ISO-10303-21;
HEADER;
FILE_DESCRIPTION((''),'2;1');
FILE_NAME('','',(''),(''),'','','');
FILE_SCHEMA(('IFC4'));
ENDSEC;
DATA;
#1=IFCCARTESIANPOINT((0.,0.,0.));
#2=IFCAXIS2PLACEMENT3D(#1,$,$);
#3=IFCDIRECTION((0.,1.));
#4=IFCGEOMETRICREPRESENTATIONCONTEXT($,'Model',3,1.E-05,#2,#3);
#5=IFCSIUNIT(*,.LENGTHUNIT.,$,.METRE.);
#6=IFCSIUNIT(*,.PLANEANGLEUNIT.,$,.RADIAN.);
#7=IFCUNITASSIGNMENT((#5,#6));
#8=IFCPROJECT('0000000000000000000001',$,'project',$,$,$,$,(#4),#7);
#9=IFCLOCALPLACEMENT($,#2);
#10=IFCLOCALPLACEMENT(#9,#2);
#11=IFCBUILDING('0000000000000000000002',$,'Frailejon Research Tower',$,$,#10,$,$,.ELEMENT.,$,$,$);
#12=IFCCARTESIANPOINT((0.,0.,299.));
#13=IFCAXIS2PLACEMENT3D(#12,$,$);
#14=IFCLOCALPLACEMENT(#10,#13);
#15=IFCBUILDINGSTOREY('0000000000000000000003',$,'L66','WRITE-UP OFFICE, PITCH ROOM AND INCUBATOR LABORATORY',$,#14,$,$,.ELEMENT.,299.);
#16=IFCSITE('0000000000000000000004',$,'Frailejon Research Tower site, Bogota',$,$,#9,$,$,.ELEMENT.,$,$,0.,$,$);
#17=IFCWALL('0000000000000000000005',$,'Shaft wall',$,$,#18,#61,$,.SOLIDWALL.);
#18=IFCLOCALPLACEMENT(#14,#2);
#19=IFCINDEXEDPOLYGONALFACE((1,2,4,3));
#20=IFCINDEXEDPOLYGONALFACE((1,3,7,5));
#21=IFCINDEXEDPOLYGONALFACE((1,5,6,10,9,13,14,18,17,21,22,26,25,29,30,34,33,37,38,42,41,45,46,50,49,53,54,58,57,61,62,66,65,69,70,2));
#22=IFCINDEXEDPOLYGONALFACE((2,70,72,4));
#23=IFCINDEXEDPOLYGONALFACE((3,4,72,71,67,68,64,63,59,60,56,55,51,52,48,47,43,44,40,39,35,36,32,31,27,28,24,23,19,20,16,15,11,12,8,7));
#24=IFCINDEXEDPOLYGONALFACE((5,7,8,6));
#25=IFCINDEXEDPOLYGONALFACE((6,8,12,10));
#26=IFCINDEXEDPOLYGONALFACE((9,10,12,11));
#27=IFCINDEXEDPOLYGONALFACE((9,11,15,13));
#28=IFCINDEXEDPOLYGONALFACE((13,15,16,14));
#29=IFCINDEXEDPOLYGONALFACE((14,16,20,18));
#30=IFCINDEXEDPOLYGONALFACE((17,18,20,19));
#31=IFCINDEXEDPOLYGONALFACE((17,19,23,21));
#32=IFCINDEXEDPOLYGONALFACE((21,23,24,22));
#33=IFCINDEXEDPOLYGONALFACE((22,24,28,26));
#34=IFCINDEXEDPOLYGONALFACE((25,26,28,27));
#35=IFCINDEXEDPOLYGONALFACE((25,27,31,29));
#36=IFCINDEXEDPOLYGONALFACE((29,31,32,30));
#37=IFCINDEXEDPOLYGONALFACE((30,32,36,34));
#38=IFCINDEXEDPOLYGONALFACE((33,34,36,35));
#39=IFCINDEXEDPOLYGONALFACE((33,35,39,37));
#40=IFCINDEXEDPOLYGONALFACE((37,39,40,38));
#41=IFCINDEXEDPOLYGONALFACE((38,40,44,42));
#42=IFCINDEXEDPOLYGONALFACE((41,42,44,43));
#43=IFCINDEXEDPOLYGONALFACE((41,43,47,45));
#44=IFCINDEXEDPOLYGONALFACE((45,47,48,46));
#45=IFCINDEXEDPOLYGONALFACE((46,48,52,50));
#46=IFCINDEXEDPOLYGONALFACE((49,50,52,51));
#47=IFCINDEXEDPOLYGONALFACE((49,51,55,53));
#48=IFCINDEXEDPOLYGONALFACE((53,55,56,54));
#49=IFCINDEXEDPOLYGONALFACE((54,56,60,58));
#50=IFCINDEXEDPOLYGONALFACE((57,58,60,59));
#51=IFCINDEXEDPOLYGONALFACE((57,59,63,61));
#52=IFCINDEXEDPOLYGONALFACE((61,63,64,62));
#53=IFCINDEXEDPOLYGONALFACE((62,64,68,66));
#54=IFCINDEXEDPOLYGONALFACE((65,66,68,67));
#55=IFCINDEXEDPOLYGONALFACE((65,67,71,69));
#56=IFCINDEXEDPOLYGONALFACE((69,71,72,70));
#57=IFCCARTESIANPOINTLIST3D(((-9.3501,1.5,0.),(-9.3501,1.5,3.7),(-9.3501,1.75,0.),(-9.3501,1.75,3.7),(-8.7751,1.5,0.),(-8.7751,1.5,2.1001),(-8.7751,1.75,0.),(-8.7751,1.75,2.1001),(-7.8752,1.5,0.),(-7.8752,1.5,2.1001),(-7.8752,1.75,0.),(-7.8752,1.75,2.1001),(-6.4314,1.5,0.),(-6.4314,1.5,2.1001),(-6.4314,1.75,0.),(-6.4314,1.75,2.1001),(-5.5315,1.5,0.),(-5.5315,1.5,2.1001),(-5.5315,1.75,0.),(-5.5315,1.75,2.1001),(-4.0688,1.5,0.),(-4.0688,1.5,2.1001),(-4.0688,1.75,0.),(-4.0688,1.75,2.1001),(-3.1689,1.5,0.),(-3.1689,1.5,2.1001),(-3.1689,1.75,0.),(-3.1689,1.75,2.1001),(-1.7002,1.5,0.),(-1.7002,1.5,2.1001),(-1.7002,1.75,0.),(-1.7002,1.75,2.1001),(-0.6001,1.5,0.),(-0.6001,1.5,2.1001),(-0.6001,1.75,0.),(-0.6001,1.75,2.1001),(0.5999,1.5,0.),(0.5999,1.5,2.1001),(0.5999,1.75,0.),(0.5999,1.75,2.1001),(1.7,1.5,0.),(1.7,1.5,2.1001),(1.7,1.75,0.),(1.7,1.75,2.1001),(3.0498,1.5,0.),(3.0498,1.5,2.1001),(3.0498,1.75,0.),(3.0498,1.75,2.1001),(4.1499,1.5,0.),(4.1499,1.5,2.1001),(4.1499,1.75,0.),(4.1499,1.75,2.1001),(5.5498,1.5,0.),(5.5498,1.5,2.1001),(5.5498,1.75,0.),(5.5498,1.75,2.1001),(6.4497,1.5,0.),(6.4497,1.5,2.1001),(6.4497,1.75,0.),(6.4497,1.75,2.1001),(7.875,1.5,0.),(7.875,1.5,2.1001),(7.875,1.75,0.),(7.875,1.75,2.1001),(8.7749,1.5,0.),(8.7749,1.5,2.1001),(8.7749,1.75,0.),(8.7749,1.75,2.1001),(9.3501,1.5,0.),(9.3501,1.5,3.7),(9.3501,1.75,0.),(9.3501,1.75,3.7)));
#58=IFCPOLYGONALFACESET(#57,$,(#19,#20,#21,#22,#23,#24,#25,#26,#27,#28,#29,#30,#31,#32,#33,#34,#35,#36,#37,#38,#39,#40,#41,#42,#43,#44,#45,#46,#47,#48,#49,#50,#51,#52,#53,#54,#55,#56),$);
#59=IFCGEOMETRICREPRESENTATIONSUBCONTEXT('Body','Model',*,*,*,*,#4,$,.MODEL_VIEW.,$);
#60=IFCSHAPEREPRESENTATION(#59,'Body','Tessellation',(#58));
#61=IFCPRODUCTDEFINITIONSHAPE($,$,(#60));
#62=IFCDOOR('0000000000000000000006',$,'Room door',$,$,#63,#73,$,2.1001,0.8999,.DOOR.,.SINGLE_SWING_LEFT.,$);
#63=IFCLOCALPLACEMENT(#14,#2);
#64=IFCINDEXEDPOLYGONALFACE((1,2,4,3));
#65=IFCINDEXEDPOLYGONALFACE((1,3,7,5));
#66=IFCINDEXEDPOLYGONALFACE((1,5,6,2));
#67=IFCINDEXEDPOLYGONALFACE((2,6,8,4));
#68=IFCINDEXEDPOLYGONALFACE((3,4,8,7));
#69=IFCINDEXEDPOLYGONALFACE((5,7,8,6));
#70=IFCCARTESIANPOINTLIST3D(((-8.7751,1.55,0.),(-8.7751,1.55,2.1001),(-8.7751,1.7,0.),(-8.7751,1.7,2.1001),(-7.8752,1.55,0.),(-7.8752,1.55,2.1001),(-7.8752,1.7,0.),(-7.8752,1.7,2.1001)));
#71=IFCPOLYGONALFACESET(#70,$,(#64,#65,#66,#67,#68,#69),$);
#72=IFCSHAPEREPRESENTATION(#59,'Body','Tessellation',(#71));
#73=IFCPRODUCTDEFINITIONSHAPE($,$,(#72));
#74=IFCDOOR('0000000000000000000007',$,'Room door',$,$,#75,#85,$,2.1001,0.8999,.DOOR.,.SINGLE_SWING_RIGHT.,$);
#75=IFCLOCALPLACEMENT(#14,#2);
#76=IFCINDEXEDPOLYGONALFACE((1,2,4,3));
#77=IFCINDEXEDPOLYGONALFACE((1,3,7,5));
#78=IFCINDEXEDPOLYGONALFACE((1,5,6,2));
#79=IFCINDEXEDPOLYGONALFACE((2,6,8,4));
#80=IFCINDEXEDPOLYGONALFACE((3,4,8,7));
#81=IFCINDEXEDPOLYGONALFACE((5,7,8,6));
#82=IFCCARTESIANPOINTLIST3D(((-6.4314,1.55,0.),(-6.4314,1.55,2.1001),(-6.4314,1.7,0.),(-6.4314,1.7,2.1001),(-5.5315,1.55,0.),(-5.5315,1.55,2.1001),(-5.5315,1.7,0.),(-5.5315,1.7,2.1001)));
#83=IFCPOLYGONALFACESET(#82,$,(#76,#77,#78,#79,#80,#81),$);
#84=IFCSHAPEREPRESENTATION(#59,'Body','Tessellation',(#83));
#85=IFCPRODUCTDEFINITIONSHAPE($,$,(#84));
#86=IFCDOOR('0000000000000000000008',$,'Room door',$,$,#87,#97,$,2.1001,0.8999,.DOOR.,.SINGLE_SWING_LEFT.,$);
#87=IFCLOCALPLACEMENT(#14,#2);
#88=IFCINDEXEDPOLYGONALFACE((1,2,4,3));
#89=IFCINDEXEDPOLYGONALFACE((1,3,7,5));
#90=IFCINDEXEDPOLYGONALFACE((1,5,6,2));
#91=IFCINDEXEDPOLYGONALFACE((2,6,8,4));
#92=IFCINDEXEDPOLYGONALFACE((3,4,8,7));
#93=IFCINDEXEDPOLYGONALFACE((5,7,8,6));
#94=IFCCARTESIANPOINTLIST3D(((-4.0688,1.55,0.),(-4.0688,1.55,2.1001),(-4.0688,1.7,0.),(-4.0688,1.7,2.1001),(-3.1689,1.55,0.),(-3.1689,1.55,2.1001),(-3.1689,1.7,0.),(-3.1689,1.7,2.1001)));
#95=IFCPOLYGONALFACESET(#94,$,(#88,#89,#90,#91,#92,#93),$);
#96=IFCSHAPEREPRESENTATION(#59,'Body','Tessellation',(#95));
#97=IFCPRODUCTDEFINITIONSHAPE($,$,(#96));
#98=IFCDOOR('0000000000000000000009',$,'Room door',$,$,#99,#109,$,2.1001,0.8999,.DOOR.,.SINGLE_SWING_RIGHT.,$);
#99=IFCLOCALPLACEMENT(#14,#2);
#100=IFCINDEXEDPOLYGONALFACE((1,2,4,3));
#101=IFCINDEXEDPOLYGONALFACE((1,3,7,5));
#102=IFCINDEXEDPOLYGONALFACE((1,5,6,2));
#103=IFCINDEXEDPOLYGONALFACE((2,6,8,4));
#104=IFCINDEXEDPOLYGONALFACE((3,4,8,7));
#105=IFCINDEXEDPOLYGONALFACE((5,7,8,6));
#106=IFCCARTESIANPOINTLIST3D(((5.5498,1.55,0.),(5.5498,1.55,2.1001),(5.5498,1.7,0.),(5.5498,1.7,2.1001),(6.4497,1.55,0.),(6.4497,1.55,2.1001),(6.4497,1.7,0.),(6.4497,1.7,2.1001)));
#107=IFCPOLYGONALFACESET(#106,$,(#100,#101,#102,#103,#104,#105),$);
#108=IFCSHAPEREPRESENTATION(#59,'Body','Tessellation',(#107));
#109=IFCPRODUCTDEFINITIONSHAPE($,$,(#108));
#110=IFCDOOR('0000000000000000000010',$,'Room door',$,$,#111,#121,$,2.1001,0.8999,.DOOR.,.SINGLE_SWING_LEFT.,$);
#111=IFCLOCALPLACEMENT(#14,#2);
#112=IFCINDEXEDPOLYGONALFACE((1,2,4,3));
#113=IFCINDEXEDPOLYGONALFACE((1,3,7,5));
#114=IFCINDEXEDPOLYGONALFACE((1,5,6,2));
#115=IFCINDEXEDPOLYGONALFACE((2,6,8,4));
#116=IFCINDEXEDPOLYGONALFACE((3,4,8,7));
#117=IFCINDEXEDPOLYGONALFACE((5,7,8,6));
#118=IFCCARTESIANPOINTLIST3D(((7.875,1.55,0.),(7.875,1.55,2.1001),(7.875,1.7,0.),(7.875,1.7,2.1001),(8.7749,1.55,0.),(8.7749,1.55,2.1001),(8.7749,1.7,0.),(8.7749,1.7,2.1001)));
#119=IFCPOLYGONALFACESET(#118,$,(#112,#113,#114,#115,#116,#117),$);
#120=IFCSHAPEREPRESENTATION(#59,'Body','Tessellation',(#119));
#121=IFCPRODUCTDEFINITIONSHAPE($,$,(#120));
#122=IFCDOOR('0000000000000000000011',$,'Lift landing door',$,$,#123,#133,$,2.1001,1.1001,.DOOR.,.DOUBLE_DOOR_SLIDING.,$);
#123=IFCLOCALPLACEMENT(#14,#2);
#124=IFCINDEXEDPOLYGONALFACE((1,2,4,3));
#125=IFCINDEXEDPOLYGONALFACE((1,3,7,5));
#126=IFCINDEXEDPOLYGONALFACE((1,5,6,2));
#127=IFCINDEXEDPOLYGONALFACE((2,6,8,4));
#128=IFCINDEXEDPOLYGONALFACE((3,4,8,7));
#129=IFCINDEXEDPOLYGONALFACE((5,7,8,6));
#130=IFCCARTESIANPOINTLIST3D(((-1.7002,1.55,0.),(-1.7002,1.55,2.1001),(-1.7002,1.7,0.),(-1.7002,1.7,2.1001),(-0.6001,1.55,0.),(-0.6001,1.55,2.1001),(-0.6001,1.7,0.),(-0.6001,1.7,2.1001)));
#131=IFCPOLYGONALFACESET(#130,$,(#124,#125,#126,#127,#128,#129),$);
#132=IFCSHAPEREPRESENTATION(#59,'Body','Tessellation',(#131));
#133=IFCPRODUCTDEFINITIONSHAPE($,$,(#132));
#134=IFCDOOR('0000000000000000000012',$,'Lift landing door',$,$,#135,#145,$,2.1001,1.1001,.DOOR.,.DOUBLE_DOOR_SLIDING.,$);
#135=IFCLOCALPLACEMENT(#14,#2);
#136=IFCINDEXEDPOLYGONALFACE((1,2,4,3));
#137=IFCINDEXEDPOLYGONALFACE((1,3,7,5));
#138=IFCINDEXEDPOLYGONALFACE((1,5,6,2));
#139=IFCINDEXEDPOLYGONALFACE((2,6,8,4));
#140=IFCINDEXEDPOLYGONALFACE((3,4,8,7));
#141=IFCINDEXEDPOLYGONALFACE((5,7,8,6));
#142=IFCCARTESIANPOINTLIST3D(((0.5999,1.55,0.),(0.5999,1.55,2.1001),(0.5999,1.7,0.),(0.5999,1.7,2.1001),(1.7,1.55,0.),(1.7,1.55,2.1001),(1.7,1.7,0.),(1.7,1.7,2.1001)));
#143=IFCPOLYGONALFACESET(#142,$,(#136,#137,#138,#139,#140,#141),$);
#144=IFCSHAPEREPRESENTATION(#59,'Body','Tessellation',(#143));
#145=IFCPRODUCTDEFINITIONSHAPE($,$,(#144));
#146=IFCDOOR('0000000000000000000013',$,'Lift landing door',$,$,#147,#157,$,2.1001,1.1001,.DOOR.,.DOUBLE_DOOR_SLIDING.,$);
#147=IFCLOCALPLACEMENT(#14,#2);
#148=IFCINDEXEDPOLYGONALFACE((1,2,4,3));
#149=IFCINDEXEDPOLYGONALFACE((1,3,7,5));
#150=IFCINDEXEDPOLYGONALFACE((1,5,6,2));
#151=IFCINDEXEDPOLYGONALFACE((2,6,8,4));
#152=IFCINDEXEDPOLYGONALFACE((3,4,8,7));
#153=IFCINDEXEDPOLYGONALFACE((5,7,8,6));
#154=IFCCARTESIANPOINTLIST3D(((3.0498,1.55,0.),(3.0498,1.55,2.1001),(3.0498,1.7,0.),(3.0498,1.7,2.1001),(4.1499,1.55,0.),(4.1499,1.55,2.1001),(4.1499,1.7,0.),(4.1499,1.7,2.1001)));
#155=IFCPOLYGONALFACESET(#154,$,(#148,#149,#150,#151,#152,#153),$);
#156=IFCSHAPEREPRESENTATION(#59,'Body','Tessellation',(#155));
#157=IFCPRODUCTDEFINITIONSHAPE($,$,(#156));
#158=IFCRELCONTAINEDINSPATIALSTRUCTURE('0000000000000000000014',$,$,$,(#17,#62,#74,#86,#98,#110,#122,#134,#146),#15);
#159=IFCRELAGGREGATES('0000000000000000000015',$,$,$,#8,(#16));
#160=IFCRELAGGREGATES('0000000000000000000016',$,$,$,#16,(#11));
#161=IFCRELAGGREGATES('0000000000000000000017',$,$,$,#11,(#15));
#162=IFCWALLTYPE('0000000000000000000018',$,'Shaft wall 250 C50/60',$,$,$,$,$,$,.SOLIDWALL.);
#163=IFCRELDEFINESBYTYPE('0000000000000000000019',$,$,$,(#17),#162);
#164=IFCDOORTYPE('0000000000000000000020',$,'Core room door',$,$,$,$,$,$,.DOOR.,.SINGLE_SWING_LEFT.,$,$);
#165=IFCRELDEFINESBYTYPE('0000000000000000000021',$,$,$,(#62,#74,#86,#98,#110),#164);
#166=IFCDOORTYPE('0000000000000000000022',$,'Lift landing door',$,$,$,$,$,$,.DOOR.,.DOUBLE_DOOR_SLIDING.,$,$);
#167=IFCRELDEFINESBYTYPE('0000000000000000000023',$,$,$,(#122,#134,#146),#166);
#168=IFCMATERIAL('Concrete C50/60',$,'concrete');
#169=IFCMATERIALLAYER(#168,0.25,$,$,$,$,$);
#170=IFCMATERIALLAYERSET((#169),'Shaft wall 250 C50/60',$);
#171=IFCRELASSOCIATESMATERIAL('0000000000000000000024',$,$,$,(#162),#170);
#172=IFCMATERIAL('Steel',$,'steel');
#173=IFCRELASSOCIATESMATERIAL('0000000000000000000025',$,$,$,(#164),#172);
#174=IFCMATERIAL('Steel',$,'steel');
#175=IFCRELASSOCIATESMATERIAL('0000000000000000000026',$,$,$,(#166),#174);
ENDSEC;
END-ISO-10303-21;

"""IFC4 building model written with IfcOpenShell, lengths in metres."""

from ifc_helpers import new_model, si_unit, direction, frame, frame_2d, origin, place, context, subcontext, project, spatial, rectangle, extrude, material, layer, layer_set, type_object, element, fill, save


model = new_model("IFC4")

# Units and contexts
model_context = context("Model", 3, precision=1e-05, world=origin(), true_north=direction((0.0, 1.0)))
body_context = subcontext(model_context, "Body", "Model", "MODEL_VIEW")
ifc_project = project(units=[si_unit("LENGTHUNIT", "METRE"), si_unit("PLANEANGLEUNIT", "RADIAN")], contexts=[model_context])

# Site, building, storey
site_placement = place(None, origin())
site = spatial("IfcSite", under=ifc_project, at=site_placement, Name="Frailejon Research Tower site, Bogota", CompositionType="ELEMENT", RefElevation=0.0)
building_placement = place(site_placement, origin())
building = spatial("IfcBuilding", under=site, at=building_placement, Name="Frailejon Research Tower", CompositionType="ELEMENT")
storey_placement = place(building_placement, frame((0.0, 0.0, 299.0)))
storey = spatial("IfcBuildingStorey", under=building, at=storey_placement, Name="L66", Description="WRITE-UP OFFICE, PITCH ROOM AND INCUBATOR LABORATORY", CompositionType="ELEMENT", Elevation=299.0)

# Wall, openings, doors
ifc_material_1 = material(Name="Concrete C50/60", Category="concrete")
ifc_layer_1 = layer(ifc_material_1, 0.25)
ifc_layer_set_1 = layer_set([ifc_layer_1], Name="Shaft wall 250 C50/60")
wall_type_1 = type_object("IfcWallType", Name="Shaft wall 250 C50/60", PredefinedType="SOLIDWALL", material=ifc_layer_set_1)
wall_1_placement = place(storey_placement, frame((-9.3501, 1.625, 0.0), z_axis=(0.0, 0.0, 1.0), x_axis=(1.0, 0.0, 0.0)))
wall_1 = element("IfcWall", 1, at=wall_1_placement, inside=storey, type_object=wall_type_1, Name="Shaft wall", PredefinedType="SOLIDWALL", context=body_context, shape_type="SweptSolid", body=[
    extrude(rectangle(XDim=18.7002, YDim=0.25, at=frame_2d((9.3501, 0.0))), origin(), (0.0, 0.0, 1.0), 3.7),
])
opening_1_placement = place(wall_1_placement, frame((7.6499, 0.0, 0.0)))
opening_1 = element("IfcOpeningElement", 2, at=opening_1_placement, cuts=wall_1, PredefinedType="OPENING", context=body_context, shape_type="SweptSolid", body=[
    extrude(rectangle(XDim=1.1001, YDim=2.1001, at=frame_2d((0.55, 1.05))), frame((0.0, 0.135, 0.0), z_axis=(0.0, -1.0, 0.0), x_axis=(1.0, 0.0, 0.0)), (0.0, 0.0, 1.0), 0.27),
])
opening_2_placement = place(wall_1_placement, frame((9.95, 0.0, 0.0)))
opening_2 = element("IfcOpeningElement", 3, at=opening_2_placement, cuts=wall_1, PredefinedType="OPENING", context=body_context, shape_type="SweptSolid", body=[
    extrude(rectangle(XDim=1.1001, YDim=2.1001, at=frame_2d((0.55, 1.05))), frame((0.0, 0.135, 0.0), z_axis=(0.0, -1.0, 0.0), x_axis=(1.0, 0.0, 0.0)), (0.0, 0.0, 1.0), 0.27),
])
opening_3_placement = place(wall_1_placement, frame((12.3999, 0.0, 0.0)))
opening_3 = element("IfcOpeningElement", 4, at=opening_3_placement, cuts=wall_1, PredefinedType="OPENING", context=body_context, shape_type="SweptSolid", body=[
    extrude(rectangle(XDim=1.1001, YDim=2.1001, at=frame_2d((0.55, 1.05))), frame((0.0, 0.135, 0.0), z_axis=(0.0, -1.0, 0.0), x_axis=(1.0, 0.0, 0.0)), (0.0, 0.0, 1.0), 0.27),
])
opening_4_placement = place(wall_1_placement, frame((0.575, 0.0, 0.0)))
opening_4 = element("IfcOpeningElement", 5, at=opening_4_placement, cuts=wall_1, PredefinedType="OPENING", context=body_context, shape_type="SweptSolid", body=[
    extrude(rectangle(XDim=0.8999, YDim=2.1001, at=frame_2d((0.45, 1.05))), frame((0.0, 0.135, 0.0), z_axis=(0.0, -1.0, 0.0), x_axis=(1.0, 0.0, 0.0)), (0.0, 0.0, 1.0), 0.27),
])
opening_5_placement = place(wall_1_placement, frame((2.9187, 0.0, 0.0)))
opening_5 = element("IfcOpeningElement", 6, at=opening_5_placement, cuts=wall_1, PredefinedType="OPENING", context=body_context, shape_type="SweptSolid", body=[
    extrude(rectangle(XDim=0.8999, YDim=2.1001, at=frame_2d((0.45, 1.05))), frame((0.0, 0.135, 0.0), z_axis=(0.0, -1.0, 0.0), x_axis=(1.0, 0.0, 0.0)), (0.0, 0.0, 1.0), 0.27),
])
opening_6_placement = place(wall_1_placement, frame((5.2812, 0.0, 0.0)))
opening_6 = element("IfcOpeningElement", 7, at=opening_6_placement, cuts=wall_1, PredefinedType="OPENING", context=body_context, shape_type="SweptSolid", body=[
    extrude(rectangle(XDim=0.8999, YDim=2.1001, at=frame_2d((0.45, 1.05))), frame((0.0, 0.135, 0.0), z_axis=(0.0, -1.0, 0.0), x_axis=(1.0, 0.0, 0.0)), (0.0, 0.0, 1.0), 0.27),
])
opening_7_placement = place(wall_1_placement, frame((14.8999, 0.0, 0.0)))
opening_7 = element("IfcOpeningElement", 8, at=opening_7_placement, cuts=wall_1, PredefinedType="OPENING", context=body_context, shape_type="SweptSolid", body=[
    extrude(rectangle(XDim=0.8999, YDim=2.1001, at=frame_2d((0.45, 1.05))), frame((0.0, 0.135, 0.0), z_axis=(0.0, -1.0, 0.0), x_axis=(1.0, 0.0, 0.0)), (0.0, 0.0, 1.0), 0.27),
])
opening_8_placement = place(wall_1_placement, frame((17.2251, 0.0, 0.0)))
opening_8 = element("IfcOpeningElement", 9, at=opening_8_placement, cuts=wall_1, PredefinedType="OPENING", context=body_context, shape_type="SweptSolid", body=[
    extrude(rectangle(XDim=0.8999, YDim=2.1001, at=frame_2d((0.45, 1.05))), frame((0.0, 0.135, 0.0), z_axis=(0.0, -1.0, 0.0), x_axis=(1.0, 0.0, 0.0)), (0.0, 0.0, 1.0), 0.27),
])
ifc_material_2 = material(Name="Steel", Category="steel")
door_type_1 = type_object("IfcDoorType", Name="Core room door", OperationType="SINGLE_SWING_LEFT", PredefinedType="DOOR", material=ifc_material_2)
door_1_placement = place(opening_4_placement, origin())
door_1 = element("IfcDoor", 10, at=door_1_placement, inside=storey, type_object=door_type_1, Name="Room door", OperationType="SINGLE_SWING_LEFT", OverallHeight=2.1001, OverallWidth=0.8999, PredefinedType="DOOR", context=body_context, shape_type="SweptSolid", body=[
    extrude(rectangle(XDim=0.8999, YDim=2.1001, at=frame_2d((0.45, 1.05))), frame((0.0, 0.075, 0.0), z_axis=(0.0, -1.0, 0.0), x_axis=(1.0, 0.0, 0.0)), (0.0, 0.0, 1.0), 0.1499),
])
fill(opening_4, door_1)
door_2_placement = place(opening_5_placement, origin())
door_2 = element("IfcDoor", 11, at=door_2_placement, inside=storey, type_object=door_type_1, Name="Room door", OperationType="SINGLE_SWING_RIGHT", OverallHeight=2.1001, OverallWidth=0.8999, PredefinedType="DOOR", context=body_context, shape_type="SweptSolid", body=[
    extrude(rectangle(XDim=0.8999, YDim=2.1001, at=frame_2d((0.45, 1.05))), frame((0.0, 0.075, 0.0), z_axis=(0.0, -1.0, 0.0), x_axis=(1.0, 0.0, 0.0)), (0.0, 0.0, 1.0), 0.1499),
])
fill(opening_5, door_2)
door_3_placement = place(opening_6_placement, origin())
door_3 = element("IfcDoor", 12, at=door_3_placement, inside=storey, type_object=door_type_1, Name="Room door", OperationType="SINGLE_SWING_LEFT", OverallHeight=2.1001, OverallWidth=0.8999, PredefinedType="DOOR", context=body_context, shape_type="SweptSolid", body=[
    extrude(rectangle(XDim=0.8999, YDim=2.1001, at=frame_2d((0.45, 1.05))), frame((0.0, 0.075, 0.0), z_axis=(0.0, -1.0, 0.0), x_axis=(1.0, 0.0, 0.0)), (0.0, 0.0, 1.0), 0.1499),
])
fill(opening_6, door_3)
door_4_placement = place(opening_7_placement, origin())
door_4 = element("IfcDoor", 13, at=door_4_placement, inside=storey, type_object=door_type_1, Name="Room door", OperationType="SINGLE_SWING_RIGHT", OverallHeight=2.1001, OverallWidth=0.8999, PredefinedType="DOOR", context=body_context, shape_type="SweptSolid", body=[
    extrude(rectangle(XDim=0.8999, YDim=2.1001, at=frame_2d((0.45, 1.05))), frame((0.0, 0.075, 0.0), z_axis=(0.0, -1.0, 0.0), x_axis=(1.0, 0.0, 0.0)), (0.0, 0.0, 1.0), 0.1499),
])
fill(opening_7, door_4)
door_5_placement = place(opening_8_placement, origin())
door_5 = element("IfcDoor", 14, at=door_5_placement, inside=storey, type_object=door_type_1, Name="Room door", OperationType="SINGLE_SWING_LEFT", OverallHeight=2.1001, OverallWidth=0.8999, PredefinedType="DOOR", context=body_context, shape_type="SweptSolid", body=[
    extrude(rectangle(XDim=0.8999, YDim=2.1001, at=frame_2d((0.45, 1.05))), frame((0.0, 0.075, 0.0), z_axis=(0.0, -1.0, 0.0), x_axis=(1.0, 0.0, 0.0)), (0.0, 0.0, 1.0), 0.1499),
])
fill(opening_8, door_5)
ifc_material_3 = material(Name="Steel", Category="steel")
door_type_2 = type_object("IfcDoorType", Name="Lift landing door", OperationType="DOUBLE_DOOR_SLIDING", PredefinedType="DOOR", material=ifc_material_3)
door_6_placement = place(opening_1_placement, origin())
door_6 = element("IfcDoor", 15, at=door_6_placement, inside=storey, type_object=door_type_2, Name="Lift landing door", OperationType="DOUBLE_DOOR_SLIDING", OverallHeight=2.1001, OverallWidth=1.1001, PredefinedType="DOOR", context=body_context, shape_type="SweptSolid", body=[
    extrude(rectangle(XDim=1.1001, YDim=2.1001, at=frame_2d((0.55, 1.05))), frame((0.0, 0.075, 0.0), z_axis=(0.0, -1.0, 0.0), x_axis=(1.0, 0.0, 0.0)), (0.0, 0.0, 1.0), 0.1499),
])
fill(opening_1, door_6)
door_7_placement = place(opening_2_placement, origin())
door_7 = element("IfcDoor", 16, at=door_7_placement, inside=storey, type_object=door_type_2, Name="Lift landing door", OperationType="DOUBLE_DOOR_SLIDING", OverallHeight=2.1001, OverallWidth=1.1001, PredefinedType="DOOR", context=body_context, shape_type="SweptSolid", body=[
    extrude(rectangle(XDim=1.1001, YDim=2.1001, at=frame_2d((0.55, 1.05))), frame((0.0, 0.075, 0.0), z_axis=(0.0, -1.0, 0.0), x_axis=(1.0, 0.0, 0.0)), (0.0, 0.0, 1.0), 0.1499),
])
fill(opening_2, door_7)
door_8_placement = place(opening_3_placement, origin())
door_8 = element("IfcDoor", 17, at=door_8_placement, inside=storey, type_object=door_type_2, Name="Lift landing door", OperationType="DOUBLE_DOOR_SLIDING", OverallHeight=2.1001, OverallWidth=1.1001, PredefinedType="DOOR", context=body_context, shape_type="SweptSolid", body=[
    extrude(rectangle(XDim=1.1001, YDim=2.1001, at=frame_2d((0.55, 1.05))), frame((0.0, 0.075, 0.0), z_axis=(0.0, -1.0, 0.0), x_axis=(1.0, 0.0, 0.0)), (0.0, 0.0, 1.0), 0.1499),
])
fill(opening_3, door_8)

save(model, "model.ifc")
